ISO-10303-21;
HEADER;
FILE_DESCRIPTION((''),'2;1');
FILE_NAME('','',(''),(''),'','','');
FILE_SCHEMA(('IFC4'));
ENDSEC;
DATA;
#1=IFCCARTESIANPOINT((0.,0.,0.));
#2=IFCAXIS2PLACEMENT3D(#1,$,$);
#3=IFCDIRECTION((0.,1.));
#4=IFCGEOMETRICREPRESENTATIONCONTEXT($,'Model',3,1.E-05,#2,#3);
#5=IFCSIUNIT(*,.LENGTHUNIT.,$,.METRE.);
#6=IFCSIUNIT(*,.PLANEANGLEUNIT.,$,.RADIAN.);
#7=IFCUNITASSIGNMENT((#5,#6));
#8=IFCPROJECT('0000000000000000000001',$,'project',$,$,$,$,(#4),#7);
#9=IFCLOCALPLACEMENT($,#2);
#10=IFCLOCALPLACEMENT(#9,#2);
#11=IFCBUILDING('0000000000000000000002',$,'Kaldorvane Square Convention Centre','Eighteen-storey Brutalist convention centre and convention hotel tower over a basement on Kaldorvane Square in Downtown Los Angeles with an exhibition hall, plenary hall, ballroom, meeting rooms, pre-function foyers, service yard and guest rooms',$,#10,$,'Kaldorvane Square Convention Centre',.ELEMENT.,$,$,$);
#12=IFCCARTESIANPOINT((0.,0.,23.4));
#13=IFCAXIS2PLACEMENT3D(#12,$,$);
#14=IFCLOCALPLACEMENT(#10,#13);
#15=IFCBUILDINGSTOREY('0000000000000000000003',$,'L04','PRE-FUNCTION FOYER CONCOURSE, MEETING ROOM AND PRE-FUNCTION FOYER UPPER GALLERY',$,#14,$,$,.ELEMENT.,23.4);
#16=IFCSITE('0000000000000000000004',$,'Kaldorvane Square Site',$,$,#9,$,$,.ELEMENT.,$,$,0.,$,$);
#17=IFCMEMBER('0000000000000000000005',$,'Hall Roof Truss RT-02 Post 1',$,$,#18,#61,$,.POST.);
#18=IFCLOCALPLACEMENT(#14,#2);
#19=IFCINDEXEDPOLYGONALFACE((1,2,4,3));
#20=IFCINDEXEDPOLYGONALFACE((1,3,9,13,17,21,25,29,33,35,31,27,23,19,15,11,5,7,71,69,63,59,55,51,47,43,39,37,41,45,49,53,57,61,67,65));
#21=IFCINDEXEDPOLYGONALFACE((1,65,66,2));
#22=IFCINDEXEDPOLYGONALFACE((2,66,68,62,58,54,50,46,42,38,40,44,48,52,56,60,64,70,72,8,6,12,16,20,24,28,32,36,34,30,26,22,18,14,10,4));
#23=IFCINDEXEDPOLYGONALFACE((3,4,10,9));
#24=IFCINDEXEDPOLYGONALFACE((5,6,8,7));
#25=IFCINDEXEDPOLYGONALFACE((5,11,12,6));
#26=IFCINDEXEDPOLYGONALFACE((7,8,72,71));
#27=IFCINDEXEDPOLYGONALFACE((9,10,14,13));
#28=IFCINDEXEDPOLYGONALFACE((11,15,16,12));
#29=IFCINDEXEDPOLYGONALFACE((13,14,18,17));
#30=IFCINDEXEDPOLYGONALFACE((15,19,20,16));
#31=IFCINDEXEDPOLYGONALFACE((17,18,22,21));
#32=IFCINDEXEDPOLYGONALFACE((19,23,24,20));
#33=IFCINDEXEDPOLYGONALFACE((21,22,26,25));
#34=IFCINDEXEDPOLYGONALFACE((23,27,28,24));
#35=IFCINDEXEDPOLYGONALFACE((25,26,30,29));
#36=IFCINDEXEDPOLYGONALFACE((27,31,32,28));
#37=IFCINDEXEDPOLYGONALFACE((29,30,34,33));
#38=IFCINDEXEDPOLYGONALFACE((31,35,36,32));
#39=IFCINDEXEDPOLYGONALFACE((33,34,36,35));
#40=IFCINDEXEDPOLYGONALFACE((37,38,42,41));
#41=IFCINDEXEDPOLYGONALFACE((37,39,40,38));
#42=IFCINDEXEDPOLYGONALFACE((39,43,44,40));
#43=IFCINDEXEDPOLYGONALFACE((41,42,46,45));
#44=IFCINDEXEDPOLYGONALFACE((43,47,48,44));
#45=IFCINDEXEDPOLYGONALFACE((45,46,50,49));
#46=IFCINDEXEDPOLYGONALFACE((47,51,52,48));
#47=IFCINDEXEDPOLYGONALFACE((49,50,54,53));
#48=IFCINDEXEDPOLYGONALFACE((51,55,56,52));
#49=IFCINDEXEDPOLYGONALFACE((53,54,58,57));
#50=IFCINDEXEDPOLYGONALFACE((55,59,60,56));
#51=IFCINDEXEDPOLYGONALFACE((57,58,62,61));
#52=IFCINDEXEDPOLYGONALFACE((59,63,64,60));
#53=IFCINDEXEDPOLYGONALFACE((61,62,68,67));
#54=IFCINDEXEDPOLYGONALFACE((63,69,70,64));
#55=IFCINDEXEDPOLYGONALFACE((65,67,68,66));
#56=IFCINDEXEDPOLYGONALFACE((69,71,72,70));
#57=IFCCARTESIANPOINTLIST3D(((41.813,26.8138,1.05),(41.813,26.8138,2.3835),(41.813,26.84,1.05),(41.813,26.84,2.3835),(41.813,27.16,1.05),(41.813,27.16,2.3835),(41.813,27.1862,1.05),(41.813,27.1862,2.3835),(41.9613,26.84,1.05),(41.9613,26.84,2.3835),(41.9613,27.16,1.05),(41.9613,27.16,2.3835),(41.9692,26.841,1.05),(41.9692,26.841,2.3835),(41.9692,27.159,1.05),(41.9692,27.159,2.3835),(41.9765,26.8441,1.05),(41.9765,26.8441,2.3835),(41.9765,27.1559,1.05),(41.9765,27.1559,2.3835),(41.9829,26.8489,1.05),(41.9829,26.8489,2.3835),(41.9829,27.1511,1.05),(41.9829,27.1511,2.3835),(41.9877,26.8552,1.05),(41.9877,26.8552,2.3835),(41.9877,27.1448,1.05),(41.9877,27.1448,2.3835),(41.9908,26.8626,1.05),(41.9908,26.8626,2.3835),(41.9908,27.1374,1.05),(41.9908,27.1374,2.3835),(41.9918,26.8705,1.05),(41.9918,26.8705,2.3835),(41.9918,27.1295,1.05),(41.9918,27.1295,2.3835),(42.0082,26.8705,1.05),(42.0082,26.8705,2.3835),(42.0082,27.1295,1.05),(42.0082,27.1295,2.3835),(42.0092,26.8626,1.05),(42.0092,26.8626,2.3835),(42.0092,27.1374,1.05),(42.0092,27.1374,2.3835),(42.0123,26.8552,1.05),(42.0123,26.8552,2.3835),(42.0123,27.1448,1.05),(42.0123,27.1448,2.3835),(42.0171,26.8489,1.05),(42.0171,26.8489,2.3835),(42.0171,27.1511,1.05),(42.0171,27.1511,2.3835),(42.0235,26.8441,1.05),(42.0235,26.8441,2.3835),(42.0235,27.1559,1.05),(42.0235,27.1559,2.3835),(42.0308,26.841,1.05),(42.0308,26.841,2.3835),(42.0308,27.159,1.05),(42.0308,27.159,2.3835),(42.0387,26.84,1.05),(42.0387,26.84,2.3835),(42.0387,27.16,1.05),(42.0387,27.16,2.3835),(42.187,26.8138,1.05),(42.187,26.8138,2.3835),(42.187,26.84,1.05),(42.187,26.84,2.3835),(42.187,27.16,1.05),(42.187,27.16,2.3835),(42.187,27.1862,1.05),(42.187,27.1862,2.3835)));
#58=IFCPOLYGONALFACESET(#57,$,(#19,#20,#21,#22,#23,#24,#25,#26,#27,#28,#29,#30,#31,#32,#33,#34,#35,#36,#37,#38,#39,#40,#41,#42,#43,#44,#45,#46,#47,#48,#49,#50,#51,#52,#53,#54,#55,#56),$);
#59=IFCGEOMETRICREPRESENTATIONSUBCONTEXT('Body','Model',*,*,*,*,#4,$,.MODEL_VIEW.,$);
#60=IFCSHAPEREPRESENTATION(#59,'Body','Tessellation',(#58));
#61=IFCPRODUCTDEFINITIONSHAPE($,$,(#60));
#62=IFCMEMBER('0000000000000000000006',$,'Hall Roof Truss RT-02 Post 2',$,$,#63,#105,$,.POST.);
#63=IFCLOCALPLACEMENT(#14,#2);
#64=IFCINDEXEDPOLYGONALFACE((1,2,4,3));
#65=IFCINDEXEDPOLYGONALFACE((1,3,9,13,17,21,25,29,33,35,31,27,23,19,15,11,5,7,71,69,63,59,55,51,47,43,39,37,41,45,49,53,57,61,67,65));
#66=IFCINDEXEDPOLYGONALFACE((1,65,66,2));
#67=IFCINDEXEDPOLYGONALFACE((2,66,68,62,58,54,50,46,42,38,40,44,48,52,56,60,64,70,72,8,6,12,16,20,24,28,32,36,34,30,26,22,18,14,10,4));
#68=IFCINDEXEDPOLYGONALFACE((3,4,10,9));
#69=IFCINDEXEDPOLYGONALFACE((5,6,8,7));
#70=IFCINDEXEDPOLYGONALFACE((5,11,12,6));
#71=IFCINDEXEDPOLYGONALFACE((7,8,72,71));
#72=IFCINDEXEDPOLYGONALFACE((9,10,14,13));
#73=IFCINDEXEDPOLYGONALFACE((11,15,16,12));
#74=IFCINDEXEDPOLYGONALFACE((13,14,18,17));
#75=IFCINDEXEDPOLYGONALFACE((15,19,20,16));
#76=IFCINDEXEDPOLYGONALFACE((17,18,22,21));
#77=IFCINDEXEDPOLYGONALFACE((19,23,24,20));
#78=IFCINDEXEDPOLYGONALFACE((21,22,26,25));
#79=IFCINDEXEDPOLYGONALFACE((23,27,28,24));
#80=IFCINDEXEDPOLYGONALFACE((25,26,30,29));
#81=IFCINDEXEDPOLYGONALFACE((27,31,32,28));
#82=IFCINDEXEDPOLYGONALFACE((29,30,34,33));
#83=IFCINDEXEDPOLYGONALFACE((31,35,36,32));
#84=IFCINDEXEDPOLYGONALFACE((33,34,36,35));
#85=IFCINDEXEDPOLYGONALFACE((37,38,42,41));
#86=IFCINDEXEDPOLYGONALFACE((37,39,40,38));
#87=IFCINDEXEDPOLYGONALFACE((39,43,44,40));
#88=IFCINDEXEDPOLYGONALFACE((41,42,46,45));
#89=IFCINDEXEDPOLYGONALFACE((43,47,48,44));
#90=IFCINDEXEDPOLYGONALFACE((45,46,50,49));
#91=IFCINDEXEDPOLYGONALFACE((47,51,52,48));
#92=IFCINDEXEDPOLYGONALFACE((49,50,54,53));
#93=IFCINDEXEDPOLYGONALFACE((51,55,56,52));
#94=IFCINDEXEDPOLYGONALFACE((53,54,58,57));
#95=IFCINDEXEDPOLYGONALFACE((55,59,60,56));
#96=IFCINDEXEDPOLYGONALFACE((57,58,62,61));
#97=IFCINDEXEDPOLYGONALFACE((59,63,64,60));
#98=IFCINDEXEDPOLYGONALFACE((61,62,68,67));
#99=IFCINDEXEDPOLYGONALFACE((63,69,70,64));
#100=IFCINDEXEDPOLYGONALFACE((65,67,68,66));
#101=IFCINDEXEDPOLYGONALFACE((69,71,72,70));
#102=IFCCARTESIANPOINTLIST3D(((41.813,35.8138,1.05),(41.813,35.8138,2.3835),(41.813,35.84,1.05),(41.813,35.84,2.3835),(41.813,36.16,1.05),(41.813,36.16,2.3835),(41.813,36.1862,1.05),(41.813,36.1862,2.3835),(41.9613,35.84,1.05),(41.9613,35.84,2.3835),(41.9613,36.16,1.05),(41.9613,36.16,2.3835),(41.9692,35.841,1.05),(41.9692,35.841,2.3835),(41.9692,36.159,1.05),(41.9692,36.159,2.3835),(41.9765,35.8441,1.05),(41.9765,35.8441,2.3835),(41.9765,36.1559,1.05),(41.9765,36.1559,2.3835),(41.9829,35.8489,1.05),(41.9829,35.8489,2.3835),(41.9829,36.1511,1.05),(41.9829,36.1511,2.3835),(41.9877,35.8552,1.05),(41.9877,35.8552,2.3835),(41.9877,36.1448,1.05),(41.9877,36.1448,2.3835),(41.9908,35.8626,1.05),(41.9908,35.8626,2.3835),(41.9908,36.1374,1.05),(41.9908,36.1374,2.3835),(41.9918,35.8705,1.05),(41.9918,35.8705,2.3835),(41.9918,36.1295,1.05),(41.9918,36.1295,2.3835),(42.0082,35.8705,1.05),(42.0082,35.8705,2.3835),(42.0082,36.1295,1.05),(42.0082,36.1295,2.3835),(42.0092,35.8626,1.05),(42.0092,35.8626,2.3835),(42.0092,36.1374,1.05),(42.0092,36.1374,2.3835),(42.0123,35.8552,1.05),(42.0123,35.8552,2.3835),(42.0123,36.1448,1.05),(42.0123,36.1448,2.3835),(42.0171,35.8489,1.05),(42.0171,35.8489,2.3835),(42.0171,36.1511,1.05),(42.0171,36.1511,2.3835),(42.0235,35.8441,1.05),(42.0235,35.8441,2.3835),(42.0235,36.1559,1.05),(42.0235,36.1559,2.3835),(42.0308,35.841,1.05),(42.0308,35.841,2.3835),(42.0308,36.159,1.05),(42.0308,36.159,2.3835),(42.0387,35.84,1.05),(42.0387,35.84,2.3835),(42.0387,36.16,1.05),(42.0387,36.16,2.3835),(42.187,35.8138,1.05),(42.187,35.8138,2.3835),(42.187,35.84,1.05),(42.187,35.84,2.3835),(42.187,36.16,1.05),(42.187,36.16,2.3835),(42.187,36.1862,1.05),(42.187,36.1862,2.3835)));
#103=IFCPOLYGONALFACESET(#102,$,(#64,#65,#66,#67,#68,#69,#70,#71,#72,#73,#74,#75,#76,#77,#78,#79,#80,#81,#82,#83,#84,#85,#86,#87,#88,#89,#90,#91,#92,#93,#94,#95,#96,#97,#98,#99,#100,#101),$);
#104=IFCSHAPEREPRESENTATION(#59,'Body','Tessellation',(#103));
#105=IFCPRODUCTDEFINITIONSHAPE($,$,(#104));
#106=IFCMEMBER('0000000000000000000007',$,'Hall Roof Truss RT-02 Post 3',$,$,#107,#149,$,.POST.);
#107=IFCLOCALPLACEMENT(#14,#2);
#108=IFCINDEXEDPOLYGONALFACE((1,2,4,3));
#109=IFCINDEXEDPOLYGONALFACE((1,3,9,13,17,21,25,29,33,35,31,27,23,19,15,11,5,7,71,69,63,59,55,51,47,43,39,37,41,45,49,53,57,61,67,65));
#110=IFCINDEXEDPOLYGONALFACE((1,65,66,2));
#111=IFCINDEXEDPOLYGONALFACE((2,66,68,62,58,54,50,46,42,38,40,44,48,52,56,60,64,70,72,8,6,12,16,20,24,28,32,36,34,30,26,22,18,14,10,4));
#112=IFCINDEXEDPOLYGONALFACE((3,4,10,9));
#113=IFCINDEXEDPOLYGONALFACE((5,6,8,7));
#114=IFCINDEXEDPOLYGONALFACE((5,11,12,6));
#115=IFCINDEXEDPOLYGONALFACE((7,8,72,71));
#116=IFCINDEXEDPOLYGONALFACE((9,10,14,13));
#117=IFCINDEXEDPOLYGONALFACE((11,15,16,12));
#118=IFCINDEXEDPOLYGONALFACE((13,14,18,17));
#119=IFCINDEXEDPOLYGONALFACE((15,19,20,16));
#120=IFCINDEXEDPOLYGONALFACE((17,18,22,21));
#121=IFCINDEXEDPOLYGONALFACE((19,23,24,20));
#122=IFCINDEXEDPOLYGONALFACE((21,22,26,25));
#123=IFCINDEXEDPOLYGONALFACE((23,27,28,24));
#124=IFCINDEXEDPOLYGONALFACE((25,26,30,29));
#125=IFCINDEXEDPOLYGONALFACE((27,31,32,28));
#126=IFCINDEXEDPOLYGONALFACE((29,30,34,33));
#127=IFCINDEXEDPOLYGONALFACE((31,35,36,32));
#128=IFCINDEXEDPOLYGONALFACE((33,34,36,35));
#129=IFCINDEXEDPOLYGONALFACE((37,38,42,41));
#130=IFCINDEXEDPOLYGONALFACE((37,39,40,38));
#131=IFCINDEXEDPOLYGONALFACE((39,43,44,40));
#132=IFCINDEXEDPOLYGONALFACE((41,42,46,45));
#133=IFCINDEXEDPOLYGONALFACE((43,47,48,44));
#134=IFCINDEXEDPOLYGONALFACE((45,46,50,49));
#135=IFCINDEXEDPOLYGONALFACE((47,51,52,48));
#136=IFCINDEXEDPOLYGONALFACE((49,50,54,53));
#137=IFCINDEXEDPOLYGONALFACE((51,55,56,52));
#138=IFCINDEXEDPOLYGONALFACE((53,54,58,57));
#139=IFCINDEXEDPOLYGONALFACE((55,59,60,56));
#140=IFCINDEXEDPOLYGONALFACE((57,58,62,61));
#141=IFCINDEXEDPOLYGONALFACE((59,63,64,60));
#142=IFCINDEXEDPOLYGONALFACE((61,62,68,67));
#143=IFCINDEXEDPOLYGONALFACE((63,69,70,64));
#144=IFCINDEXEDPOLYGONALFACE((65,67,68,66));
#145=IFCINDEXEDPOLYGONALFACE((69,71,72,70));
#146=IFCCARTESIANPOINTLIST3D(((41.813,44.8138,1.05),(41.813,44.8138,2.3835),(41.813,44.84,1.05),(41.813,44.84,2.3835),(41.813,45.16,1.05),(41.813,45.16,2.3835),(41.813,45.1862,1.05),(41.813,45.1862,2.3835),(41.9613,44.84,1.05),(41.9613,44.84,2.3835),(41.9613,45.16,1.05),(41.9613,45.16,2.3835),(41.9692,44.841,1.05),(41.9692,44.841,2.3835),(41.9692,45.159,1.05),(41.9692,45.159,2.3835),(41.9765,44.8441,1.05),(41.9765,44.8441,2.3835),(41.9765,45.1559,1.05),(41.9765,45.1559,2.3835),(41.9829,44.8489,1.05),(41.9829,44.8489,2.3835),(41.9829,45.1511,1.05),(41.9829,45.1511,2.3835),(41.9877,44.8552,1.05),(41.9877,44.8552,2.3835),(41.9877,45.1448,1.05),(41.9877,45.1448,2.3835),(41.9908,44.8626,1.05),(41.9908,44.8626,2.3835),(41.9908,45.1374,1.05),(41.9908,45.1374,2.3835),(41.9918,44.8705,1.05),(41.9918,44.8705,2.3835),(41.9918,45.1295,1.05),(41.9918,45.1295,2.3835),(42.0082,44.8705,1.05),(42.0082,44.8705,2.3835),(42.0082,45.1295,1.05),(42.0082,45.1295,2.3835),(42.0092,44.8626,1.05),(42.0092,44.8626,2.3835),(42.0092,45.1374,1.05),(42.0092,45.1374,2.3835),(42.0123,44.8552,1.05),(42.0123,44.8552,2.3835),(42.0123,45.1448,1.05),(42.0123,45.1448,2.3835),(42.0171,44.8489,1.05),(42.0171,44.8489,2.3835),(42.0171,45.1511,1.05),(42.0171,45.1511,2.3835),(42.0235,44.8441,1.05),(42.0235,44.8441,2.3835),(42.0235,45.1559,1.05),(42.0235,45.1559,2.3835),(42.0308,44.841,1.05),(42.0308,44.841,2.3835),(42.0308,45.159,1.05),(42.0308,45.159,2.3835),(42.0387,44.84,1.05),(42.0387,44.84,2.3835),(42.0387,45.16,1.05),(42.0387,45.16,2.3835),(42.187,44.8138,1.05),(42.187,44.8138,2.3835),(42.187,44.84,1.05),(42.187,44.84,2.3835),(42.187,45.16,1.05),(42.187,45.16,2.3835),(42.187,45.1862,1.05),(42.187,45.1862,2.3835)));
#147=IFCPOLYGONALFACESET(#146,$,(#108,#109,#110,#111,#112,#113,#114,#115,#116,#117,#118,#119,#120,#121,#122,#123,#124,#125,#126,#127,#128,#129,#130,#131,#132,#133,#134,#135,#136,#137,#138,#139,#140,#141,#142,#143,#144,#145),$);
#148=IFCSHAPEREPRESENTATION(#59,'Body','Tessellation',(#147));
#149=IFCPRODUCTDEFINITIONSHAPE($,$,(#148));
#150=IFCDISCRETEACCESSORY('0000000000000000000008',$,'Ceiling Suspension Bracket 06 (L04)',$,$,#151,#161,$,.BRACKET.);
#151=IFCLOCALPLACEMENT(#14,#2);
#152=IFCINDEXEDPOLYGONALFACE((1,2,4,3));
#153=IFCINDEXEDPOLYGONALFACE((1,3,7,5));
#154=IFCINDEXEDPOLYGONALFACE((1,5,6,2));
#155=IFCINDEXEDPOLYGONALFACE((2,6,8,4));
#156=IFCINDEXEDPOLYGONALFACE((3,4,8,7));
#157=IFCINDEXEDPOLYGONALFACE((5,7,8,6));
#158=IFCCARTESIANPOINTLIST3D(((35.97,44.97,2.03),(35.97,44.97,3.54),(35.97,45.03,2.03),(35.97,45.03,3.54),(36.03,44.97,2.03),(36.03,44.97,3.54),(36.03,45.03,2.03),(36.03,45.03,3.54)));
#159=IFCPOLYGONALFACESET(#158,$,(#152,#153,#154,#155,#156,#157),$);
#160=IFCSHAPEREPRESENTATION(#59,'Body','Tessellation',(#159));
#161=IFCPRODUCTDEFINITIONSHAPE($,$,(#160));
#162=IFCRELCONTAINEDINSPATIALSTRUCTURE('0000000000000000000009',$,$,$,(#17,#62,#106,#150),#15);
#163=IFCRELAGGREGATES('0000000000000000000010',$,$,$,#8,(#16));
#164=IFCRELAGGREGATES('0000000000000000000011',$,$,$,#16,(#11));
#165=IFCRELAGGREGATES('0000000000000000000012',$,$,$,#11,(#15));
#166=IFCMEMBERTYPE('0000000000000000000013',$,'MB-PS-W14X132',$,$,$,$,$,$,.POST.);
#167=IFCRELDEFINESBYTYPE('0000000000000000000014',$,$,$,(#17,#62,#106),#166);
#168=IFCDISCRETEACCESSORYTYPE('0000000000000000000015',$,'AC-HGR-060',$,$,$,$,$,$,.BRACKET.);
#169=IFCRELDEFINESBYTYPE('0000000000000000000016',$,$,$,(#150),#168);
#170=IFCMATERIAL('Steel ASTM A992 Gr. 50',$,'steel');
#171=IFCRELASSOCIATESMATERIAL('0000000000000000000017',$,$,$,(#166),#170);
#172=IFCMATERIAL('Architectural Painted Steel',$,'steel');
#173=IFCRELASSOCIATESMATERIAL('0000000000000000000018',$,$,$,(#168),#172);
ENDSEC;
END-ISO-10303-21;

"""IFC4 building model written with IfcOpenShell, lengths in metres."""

from ifc_helpers import new_model, si_unit, direction, frame, origin, origin_2d, place, context, subcontext, project, spatial, rectangle, i_section, extrude, material, material_profile, profile_set, type_object, element, save


model = new_model("IFC4")

# Units and contexts
model_context = context("Model", 3, precision=1e-05, world=origin(), true_north=direction((0.0, 1.0)))
body_context = subcontext(model_context, "Body", "Model", "MODEL_VIEW")
ifc_project = project(units=[si_unit("LENGTHUNIT", "METRE"), si_unit("PLANEANGLEUNIT", "RADIAN")], contexts=[model_context])

# Site, building, storey
site_placement = place(None, origin())
site = spatial("IfcSite", under=ifc_project, at=site_placement, Name="Kaldorvane Square Site", CompositionType="ELEMENT", RefElevation=0.0)
building_placement = place(site_placement, origin())
building = spatial("IfcBuilding", under=site, at=building_placement, Name="Kaldorvane Square Convention Centre", Description="Eighteen-storey Brutalist convention centre and convention hotel tower over a basement on Kaldorvane Square in Downtown Los Angeles with an exhibition hall, plenary hall, ballroom, meeting rooms, pre-function foyers, service yard and guest rooms", LongName="Kaldorvane Square Convention Centre", CompositionType="ELEMENT")
storey_placement = place(building_placement, frame((0.0, 0.0, 23.4)))
storey = spatial("IfcBuildingStorey", under=building, at=storey_placement, Name="L04", Description="PRE-FUNCTION FOYER CONCOURSE, MEETING ROOM AND PRE-FUNCTION FOYER UPPER GALLERY", CompositionType="ELEMENT", Elevation=23.4)

# Members
ifc_material_1 = material(Name="Steel ASTM A992 Gr. 50", Category="steel")
ifc_material_profile_1 = material_profile(ifc_material_1, i_section(OverallWidth=0.374, OverallDepth=0.3724, WebThickness=0.0164, FlangeThickness=0.0262, FilletRadius=0.0305, at=origin_2d()), Name="W14X132")
ifc_profile_set_1 = profile_set([ifc_material_profile_1], Name="Steel ASTM A992 Gr. 50")
member_type_1 = type_object("IfcMemberType", Name="MB-PS-W14X132", PredefinedType="POST", material=ifc_profile_set_1)
for number, where, z_axis, x_axis, name in (
    (1, (42.0, 27.0, 1.05), (0.0, 0.0, 1.0), (1.0, 0.0, 0.0), "Hall Roof Truss RT-02 Post 1"),
    (2, (42.0, 36.0, 1.05), (0.0, 0.0, 1.0), (1.0, 0.0, 0.0), "Hall Roof Truss RT-02 Post 2"),
    (3, (42.0, 45.0, 1.05), (0.0, 0.0, 1.0), (1.0, 0.0, 0.0), "Hall Roof Truss RT-02 Post 3"),
):
    element("IfcMember", number, at=place(storey_placement, frame(where, z_axis=z_axis, x_axis=x_axis)), inside=storey, type_object=member_type_1, Name=name, PredefinedType="POST", context=body_context, shape_type="SweptSolid", body=[
        extrude(i_section(OverallWidth=0.374, OverallDepth=0.3724, WebThickness=0.0164, FlangeThickness=0.0262, FilletRadius=0.0305, at=origin_2d()), origin(), (0.0, 0.0, 1.0), 1.3335),
    ])

# Discrete accessory
ifc_material_2 = material(Name="Architectural Painted Steel", Category="steel")
discrete_accessory_type = type_object("IfcDiscreteAccessoryType", Name="AC-HGR-060", PredefinedType="BRACKET", material=ifc_material_2)
discrete_accessory_placement = place(storey_placement, frame((36.0, 45.0, 2.03), z_axis=(0.0, 0.0, 1.0), x_axis=(1.0, 0.0, 0.0)))
element("IfcDiscreteAccessory", 4, at=discrete_accessory_placement, inside=storey, type_object=discrete_accessory_type, Name="Ceiling Suspension Bracket 06 (L04)", PredefinedType="BRACKET", context=body_context, shape_type="SweptSolid", body=[
    extrude(rectangle(XDim=0.06, YDim=0.06, at=origin_2d()), origin(), (0.0, 0.0, 1.0), 1.51),
])

save(model, "model.ifc")
